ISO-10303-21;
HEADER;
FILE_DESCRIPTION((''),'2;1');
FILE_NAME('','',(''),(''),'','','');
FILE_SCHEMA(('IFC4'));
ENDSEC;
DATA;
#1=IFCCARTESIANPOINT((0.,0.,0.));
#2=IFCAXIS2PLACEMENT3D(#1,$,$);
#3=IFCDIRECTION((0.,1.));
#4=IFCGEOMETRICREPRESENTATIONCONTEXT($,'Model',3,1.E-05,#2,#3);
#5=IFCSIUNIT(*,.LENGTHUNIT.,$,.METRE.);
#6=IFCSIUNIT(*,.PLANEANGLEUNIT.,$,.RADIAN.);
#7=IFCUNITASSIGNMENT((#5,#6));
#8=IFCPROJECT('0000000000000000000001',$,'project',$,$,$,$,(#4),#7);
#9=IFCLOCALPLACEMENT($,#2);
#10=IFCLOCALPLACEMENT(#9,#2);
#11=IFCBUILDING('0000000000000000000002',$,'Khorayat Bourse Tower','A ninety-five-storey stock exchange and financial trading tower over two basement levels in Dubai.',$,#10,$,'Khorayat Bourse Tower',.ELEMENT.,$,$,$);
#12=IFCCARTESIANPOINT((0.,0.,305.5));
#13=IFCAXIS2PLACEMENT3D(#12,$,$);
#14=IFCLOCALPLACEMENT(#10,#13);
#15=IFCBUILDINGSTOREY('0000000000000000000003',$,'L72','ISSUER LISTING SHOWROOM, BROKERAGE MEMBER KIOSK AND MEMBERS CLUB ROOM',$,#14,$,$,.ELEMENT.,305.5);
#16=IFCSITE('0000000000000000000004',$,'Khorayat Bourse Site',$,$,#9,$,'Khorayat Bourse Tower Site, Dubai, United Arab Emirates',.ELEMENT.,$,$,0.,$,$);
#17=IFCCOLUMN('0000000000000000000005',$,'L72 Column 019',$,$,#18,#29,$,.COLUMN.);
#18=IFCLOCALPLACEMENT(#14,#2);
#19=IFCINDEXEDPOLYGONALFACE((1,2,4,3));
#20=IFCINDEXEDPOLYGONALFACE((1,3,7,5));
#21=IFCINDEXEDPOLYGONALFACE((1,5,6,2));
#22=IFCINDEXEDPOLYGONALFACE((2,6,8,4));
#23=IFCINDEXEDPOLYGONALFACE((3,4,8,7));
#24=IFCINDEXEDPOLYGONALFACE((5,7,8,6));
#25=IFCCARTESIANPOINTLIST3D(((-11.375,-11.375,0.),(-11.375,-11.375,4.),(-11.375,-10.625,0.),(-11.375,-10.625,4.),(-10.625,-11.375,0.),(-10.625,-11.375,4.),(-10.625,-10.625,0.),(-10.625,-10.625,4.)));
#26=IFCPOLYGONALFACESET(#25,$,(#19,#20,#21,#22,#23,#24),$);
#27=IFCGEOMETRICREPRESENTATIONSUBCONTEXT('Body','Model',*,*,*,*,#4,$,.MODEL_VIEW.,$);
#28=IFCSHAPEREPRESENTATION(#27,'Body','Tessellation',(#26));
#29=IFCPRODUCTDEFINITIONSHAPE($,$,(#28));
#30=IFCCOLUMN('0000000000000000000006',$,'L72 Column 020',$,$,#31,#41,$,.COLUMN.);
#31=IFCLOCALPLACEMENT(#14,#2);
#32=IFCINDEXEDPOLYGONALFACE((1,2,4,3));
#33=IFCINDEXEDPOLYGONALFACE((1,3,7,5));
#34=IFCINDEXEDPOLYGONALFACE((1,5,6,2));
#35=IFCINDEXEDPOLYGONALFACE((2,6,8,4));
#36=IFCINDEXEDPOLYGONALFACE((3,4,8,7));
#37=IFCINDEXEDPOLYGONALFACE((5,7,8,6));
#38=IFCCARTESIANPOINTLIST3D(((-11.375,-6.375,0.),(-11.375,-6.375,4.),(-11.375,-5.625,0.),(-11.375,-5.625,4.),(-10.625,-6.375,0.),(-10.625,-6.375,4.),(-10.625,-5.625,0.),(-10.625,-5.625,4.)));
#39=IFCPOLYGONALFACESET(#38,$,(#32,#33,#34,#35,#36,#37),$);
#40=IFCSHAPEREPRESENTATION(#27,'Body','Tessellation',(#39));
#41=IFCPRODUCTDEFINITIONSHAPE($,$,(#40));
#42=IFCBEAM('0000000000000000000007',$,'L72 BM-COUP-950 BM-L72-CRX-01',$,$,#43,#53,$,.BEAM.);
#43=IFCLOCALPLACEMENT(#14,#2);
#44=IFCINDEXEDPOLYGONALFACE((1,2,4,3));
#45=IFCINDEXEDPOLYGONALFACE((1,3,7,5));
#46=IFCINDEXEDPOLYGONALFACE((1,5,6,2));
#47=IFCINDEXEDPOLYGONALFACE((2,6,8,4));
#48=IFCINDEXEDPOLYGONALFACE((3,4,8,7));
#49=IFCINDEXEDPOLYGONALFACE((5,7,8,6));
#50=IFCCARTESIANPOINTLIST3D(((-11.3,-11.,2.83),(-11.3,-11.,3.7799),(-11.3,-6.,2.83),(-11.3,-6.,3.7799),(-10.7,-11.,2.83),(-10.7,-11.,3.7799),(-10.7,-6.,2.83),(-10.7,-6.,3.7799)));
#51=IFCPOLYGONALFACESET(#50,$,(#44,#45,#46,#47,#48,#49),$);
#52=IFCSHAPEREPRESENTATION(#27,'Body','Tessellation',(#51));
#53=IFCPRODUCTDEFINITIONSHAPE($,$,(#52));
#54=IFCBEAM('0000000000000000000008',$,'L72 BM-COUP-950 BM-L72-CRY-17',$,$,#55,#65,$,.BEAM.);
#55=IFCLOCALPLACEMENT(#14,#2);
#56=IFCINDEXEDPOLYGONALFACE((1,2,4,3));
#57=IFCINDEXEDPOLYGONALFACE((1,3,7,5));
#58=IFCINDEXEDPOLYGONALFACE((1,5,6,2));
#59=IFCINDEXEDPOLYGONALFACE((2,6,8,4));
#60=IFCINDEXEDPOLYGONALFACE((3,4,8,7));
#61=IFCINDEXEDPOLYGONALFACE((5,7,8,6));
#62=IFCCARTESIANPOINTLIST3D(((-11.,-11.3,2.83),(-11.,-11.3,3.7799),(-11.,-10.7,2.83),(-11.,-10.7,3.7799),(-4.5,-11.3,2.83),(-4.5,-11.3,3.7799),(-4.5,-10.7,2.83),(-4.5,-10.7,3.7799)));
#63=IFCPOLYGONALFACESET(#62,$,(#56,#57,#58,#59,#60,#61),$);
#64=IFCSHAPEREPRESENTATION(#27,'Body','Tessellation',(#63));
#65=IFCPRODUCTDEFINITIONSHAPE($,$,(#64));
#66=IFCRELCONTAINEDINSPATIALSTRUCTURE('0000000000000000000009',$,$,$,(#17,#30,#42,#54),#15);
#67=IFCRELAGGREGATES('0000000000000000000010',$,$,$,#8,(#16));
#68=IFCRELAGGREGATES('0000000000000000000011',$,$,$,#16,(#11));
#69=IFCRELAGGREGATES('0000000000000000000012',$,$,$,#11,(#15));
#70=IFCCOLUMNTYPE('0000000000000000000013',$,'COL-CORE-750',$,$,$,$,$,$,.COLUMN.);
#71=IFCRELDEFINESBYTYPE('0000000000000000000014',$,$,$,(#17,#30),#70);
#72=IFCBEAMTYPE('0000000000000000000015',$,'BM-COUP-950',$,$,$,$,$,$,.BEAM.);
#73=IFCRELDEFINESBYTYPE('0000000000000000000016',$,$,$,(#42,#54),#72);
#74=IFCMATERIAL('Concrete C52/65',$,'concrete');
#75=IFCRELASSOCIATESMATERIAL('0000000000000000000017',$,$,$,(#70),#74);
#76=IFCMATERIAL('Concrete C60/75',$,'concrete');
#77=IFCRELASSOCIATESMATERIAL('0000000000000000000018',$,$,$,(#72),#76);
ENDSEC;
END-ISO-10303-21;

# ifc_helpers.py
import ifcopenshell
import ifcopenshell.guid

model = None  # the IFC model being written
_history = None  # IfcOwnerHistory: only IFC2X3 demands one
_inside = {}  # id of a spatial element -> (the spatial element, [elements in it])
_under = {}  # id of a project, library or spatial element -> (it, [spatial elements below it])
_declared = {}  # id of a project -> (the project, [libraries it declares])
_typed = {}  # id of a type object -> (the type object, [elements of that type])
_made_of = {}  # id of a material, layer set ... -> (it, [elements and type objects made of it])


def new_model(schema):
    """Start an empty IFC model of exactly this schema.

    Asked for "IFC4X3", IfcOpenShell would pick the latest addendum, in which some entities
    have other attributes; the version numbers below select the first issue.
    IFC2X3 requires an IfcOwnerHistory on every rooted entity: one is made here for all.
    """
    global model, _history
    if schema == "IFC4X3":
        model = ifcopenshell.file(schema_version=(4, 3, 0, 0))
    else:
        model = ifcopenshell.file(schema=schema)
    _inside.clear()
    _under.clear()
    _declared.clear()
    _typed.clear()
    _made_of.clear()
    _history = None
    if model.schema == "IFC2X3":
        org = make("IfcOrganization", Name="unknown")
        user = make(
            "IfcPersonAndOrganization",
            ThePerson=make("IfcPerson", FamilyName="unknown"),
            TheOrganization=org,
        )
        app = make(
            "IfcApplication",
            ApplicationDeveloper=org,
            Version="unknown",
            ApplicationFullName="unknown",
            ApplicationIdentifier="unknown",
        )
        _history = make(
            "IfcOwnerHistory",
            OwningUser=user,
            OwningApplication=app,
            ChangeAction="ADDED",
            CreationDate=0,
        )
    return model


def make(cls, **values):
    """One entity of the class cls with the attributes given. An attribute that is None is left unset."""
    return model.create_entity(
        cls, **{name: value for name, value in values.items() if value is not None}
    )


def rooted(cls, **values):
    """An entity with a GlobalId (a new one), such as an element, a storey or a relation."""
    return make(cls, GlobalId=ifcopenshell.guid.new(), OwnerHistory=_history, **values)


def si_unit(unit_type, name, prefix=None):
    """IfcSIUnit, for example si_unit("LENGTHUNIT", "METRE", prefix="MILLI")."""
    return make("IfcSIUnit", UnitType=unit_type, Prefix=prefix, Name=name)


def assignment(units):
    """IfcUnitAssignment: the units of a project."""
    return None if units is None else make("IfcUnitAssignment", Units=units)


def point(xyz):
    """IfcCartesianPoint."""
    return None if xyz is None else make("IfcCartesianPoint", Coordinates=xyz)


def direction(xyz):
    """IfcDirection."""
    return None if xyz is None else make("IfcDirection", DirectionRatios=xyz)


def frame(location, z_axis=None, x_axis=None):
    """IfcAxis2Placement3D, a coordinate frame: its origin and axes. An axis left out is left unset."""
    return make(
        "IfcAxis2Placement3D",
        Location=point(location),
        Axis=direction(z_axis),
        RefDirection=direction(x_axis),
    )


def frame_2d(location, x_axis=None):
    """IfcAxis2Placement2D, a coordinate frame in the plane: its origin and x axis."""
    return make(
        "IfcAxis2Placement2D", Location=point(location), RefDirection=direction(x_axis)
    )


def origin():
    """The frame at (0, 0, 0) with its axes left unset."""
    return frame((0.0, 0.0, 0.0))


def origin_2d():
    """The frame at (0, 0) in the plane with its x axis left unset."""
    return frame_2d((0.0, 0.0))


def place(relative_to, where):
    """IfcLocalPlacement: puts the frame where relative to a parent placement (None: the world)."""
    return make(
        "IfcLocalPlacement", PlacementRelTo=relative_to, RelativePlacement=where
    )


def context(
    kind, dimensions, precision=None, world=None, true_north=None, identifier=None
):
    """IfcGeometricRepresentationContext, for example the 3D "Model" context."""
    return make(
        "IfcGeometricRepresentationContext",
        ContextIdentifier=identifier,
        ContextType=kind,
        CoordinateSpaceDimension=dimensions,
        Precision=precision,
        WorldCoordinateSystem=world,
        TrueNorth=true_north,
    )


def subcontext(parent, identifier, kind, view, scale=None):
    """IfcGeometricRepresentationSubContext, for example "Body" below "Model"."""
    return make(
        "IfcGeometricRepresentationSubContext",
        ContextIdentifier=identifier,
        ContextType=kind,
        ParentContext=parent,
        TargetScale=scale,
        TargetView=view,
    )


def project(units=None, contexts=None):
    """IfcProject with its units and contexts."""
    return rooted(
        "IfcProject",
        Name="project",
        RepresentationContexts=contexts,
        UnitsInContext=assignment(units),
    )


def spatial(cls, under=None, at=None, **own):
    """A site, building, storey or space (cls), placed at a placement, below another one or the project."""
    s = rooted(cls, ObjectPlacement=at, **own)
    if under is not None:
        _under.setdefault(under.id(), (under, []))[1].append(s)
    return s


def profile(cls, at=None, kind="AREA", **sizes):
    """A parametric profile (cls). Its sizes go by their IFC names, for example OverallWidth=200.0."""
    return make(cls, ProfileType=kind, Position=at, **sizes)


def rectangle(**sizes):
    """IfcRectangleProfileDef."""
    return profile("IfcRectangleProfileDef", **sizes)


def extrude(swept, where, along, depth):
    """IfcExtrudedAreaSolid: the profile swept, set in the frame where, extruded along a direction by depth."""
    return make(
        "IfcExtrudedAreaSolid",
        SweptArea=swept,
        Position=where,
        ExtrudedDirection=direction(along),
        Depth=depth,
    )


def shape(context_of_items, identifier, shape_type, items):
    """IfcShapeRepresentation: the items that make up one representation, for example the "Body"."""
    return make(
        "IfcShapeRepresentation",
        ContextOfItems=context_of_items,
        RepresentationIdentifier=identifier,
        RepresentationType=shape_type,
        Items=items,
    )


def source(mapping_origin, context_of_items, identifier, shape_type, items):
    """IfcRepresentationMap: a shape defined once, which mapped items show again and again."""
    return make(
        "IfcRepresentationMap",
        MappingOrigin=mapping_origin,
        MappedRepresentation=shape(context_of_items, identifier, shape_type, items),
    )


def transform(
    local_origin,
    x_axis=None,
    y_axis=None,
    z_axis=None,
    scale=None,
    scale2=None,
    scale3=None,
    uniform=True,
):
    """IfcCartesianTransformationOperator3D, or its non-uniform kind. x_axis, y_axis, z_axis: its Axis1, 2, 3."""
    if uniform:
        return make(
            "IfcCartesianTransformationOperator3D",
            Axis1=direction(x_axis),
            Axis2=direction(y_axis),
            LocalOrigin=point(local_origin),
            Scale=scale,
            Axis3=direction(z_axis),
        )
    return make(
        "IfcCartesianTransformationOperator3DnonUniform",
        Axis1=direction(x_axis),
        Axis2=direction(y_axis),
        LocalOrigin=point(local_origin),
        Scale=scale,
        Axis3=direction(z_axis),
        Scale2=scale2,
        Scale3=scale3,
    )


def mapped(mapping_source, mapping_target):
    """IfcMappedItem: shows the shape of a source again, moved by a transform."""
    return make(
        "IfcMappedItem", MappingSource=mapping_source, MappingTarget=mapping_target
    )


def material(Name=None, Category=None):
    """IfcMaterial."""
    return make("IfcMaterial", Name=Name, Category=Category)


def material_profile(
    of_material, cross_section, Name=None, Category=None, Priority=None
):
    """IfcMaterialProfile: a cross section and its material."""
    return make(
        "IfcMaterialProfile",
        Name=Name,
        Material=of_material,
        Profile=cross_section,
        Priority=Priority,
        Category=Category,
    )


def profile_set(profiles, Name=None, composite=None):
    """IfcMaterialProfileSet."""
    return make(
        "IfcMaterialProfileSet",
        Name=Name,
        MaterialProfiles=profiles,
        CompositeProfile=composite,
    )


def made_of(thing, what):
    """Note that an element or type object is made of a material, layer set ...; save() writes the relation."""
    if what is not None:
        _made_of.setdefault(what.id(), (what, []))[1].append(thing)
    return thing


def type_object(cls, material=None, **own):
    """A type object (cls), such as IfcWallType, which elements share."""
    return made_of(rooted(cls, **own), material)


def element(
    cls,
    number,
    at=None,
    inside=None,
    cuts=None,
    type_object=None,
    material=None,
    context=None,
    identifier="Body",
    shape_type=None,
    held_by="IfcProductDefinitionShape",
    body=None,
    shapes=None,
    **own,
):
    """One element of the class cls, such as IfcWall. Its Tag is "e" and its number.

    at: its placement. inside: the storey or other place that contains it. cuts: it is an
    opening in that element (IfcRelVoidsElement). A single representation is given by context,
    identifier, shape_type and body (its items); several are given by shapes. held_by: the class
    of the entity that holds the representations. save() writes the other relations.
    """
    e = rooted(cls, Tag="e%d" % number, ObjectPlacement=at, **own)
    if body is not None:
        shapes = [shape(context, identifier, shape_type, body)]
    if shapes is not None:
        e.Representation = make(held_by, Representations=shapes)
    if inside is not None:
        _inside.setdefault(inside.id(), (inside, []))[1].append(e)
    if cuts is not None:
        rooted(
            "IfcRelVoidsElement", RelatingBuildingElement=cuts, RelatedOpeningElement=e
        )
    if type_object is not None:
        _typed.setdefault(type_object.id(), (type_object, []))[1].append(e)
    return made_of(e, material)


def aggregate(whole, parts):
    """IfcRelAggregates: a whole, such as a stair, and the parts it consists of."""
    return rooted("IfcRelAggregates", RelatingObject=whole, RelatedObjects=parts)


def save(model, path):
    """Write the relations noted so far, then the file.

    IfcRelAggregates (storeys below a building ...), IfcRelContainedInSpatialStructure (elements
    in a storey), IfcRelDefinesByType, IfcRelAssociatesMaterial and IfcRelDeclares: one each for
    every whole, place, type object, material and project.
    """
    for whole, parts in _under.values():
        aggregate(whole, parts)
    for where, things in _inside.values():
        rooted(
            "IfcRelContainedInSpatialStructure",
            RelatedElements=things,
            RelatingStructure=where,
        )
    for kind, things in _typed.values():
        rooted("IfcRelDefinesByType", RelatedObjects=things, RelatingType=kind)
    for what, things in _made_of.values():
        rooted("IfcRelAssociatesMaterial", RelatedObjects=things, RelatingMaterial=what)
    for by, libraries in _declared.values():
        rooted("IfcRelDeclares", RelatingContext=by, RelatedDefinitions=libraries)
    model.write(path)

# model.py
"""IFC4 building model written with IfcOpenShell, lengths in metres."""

from ifc_helpers import new_model, si_unit, direction, frame, origin, origin_2d, place, context, subcontext, project, spatial, rectangle, extrude, source, transform, mapped, material, material_profile, profile_set, type_object, element, save


model = new_model("IFC4")

# Units and contexts
model_context = context("Model", 3, precision=1e-05, world=origin(), true_north=direction((0.0, 1.0)))
body_context = subcontext(model_context, "Body", "Model", "MODEL_VIEW")
ifc_project = project(units=[si_unit("LENGTHUNIT", "METRE"), si_unit("PLANEANGLEUNIT", "RADIAN")], contexts=[model_context])

# Site, building, storey
site_placement = place(None, origin())
site = spatial("IfcSite", under=ifc_project, at=site_placement, Name="Khorayat Bourse Site", LongName="Khorayat Bourse Tower Site, Dubai, United Arab Emirates", CompositionType="ELEMENT", RefElevation=0.0)
building_placement = place(site_placement, origin())
building = spatial("IfcBuilding", under=site, at=building_placement, Name="Khorayat Bourse Tower", Description="A ninety-five-storey stock exchange and financial trading tower over two basement levels in Dubai.", LongName="Khorayat Bourse Tower", CompositionType="ELEMENT")
storey_placement = place(building_placement, frame((0.0, 0.0, 305.5)))
storey = spatial("IfcBuildingStorey", under=building, at=storey_placement, Name="L72", Description="ISSUER LISTING SHOWROOM, BROKERAGE MEMBER KIOSK AND MEMBERS CLUB ROOM", CompositionType="ELEMENT", Elevation=305.5)

# Columns
ifc_material_1 = material(Name="Concrete C52/65", Category="concrete")
ifc_material_profile_1 = material_profile(ifc_material_1, rectangle(XDim=0.75, YDim=0.75, at=origin_2d()), Name="RC 750x750")
ifc_profile_set_1 = profile_set([ifc_material_profile_1], Name="Concrete C52/65")
column_type = type_object("IfcColumnType", Name="COL-CORE-750", PredefinedType="COLUMN", material=ifc_profile_set_1)
shared_shape_1 = source(origin(), body_context, "Body", "SweptSolid", [
    extrude(rectangle(XDim=0.75, YDim=0.75, at=origin_2d()), origin(), (0.0, 0.0, 1.0), 4.0),
])
for number, where, z_axis, x_axis, name in (
    (1, (-11.0, -11.0, 0.0), (0.0, 0.0, 1.0), (1.0, 0.0, 0.0), "L72 Column 019"),
    (2, (-11.0, -6.0, 0.0), (0.0, 0.0, 1.0), (1.0, 0.0, 0.0), "L72 Column 020"),
):
    element("IfcColumn", number, at=place(storey_placement, frame(where, z_axis=z_axis, x_axis=x_axis)), inside=storey, type_object=column_type, Name=name, PredefinedType="COLUMN", context=body_context, shape_type="MappedRepresentation", body=[
        mapped(shared_shape_1, transform((0.0, 0.0, 0.0), scale=1.0)),
    ])

# Beams
ifc_material_2 = material(Name="Concrete C60/75", Category="concrete")
ifc_material_profile_2 = material_profile(ifc_material_2, rectangle(XDim=0.6001, YDim=0.95, at=origin_2d()), Name="RC 600x950")
ifc_profile_set_2 = profile_set([ifc_material_profile_2], Name="Concrete C60/75")
beam_type = type_object("IfcBeamType", Name="BM-COUP-950", PredefinedType="BEAM", material=ifc_profile_set_2)
shared_shape_2 = source(origin(), body_context, "Body", "SweptSolid", [
    extrude(rectangle(XDim=0.6001, YDim=0.95, at=origin_2d()), origin(), (0.0, 0.0, 1.0), 5.0),
])
beam_1_placement = place(storey_placement, frame((-11.0, -11.0, 3.3049), z_axis=(0.0, 1.0, 0.0), x_axis=(-1.0, 0.0, 0.0)))
element("IfcBeam", 3, at=beam_1_placement, inside=storey, type_object=beam_type, Name="L72 BM-COUP-950 BM-L72-CRX-01", PredefinedType="BEAM", context=body_context, shape_type="MappedRepresentation", body=[
    mapped(shared_shape_2, transform((0.0, 0.0, 0.0), scale=1.0)),
])
shared_shape_3 = source(origin(), body_context, "Body", "SweptSolid", [
    extrude(rectangle(XDim=0.6001, YDim=0.95, at=origin_2d()), origin(), (0.0, 0.0, 1.0), 6.5),
])
beam_2_placement = place(storey_placement, frame((-11.0, -11.0, 3.3049), z_axis=(1.0, 0.0, 0.0), x_axis=(0.0, 1.0, 0.0)))
element("IfcBeam", 4, at=beam_2_placement, inside=storey, type_object=beam_type, Name="L72 BM-COUP-950 BM-L72-CRY-17", PredefinedType="BEAM", context=body_context, shape_type="MappedRepresentation", body=[
    mapped(shared_shape_3, transform((0.0, 0.0, 0.0), scale=1.0)),
])

save(model, "model.ifc")
